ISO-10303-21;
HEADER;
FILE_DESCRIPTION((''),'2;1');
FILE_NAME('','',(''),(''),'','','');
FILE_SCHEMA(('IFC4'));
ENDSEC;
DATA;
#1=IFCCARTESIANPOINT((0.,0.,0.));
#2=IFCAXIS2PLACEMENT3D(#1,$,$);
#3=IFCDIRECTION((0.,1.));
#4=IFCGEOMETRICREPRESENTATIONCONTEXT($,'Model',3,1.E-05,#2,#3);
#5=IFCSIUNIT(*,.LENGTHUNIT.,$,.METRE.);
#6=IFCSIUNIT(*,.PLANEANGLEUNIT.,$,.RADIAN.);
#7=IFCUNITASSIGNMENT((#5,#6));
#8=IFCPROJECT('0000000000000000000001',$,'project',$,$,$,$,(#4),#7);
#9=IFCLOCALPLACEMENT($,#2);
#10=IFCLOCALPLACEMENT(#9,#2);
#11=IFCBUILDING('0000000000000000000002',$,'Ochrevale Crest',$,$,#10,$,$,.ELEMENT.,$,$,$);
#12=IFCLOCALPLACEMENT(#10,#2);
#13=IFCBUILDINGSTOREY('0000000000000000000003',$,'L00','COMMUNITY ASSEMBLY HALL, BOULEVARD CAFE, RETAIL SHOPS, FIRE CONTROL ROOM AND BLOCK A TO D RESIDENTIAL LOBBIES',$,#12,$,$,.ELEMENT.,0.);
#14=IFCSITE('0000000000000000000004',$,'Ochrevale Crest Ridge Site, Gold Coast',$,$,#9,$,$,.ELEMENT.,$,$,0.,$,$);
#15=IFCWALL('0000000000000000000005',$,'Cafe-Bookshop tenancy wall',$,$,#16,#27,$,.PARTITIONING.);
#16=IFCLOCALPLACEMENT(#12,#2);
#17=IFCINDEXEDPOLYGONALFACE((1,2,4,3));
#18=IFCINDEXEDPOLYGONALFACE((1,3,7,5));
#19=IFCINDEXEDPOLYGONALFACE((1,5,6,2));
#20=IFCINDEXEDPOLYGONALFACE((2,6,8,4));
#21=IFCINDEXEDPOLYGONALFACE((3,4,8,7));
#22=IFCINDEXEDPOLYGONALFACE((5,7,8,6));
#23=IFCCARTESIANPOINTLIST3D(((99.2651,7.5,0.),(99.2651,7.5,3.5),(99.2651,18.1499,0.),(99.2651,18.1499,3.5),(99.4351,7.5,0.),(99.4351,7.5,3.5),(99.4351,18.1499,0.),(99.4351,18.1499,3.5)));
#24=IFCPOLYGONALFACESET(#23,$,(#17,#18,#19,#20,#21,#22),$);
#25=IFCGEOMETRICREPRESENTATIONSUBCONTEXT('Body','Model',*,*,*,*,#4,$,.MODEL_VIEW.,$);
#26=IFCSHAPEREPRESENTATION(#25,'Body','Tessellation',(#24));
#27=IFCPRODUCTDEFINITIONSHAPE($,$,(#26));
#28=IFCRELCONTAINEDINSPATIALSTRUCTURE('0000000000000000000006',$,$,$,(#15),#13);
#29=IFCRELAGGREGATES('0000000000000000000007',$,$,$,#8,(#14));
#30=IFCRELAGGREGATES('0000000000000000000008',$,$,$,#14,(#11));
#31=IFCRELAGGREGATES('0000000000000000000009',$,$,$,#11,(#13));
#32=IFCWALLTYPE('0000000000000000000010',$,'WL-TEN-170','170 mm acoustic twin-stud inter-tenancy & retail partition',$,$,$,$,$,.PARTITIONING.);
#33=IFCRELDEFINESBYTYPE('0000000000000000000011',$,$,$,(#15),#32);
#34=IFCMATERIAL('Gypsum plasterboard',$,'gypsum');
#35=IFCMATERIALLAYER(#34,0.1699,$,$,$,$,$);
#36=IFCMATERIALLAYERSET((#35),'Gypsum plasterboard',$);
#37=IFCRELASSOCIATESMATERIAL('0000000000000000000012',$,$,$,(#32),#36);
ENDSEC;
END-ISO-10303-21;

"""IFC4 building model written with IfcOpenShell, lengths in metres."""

from ifc_helpers import new_model, si_unit, direction, frame, frame_2d, origin, place, context, subcontext, project, spatial, rectangle, extrude, material, layer, layer_set, type_object, element, save


model = new_model("IFC4")

# Units and contexts
model_context = context("Model", 3, precision=1e-05, world=origin(), true_north=direction((0.0, 1.0)))
body_context = subcontext(model_context, "Body", "Model", "MODEL_VIEW")
ifc_project = project(units=[si_unit("LENGTHUNIT", "METRE"), si_unit("PLANEANGLEUNIT", "RADIAN")], contexts=[model_context])

# Site, building, storey
site_placement = place(None, origin())
site = spatial("IfcSite", under=ifc_project, at=site_placement, Name="Ochrevale Crest Ridge Site, Gold Coast", CompositionType="ELEMENT", RefElevation=0.0)
building_placement = place(site_placement, origin())
building = spatial("IfcBuilding", under=site, at=building_placement, Name="Ochrevale Crest", CompositionType="ELEMENT")
storey_placement = place(building_placement, origin())
storey = spatial("IfcBuildingStorey", under=building, at=storey_placement, Name="L00", Description="COMMUNITY ASSEMBLY HALL, BOULEVARD CAFE, RETAIL SHOPS, FIRE CONTROL ROOM AND BLOCK A TO D RESIDENTIAL LOBBIES", CompositionType="ELEMENT", Elevation=0.0)

# Wall
ifc_material_1 = material(Name="Gypsum plasterboard", Category="gypsum")
ifc_layer_1 = layer(ifc_material_1, 0.1699)
ifc_layer_set_1 = layer_set([ifc_layer_1], Name="Gypsum plasterboard")
wall_type_1 = type_object("IfcWallType", Name="WL-TEN-170", Description="170 mm acoustic twin-stud inter-tenancy & retail partition", PredefinedType="PARTITIONING", material=ifc_layer_set_1)
wall_1_placement = place(storey_placement, frame((99.3501, 7.5, 0.0), z_axis=(0.0, 0.0, 1.0), x_axis=(0.0, 1.0, 0.0)))
element("IfcWall", 1, at=wall_1_placement, inside=storey, type_object=wall_type_1, Name="Cafe-Bookshop tenancy wall", PredefinedType="PARTITIONING", context=body_context, shape_type="SweptSolid", body=[
    extrude(rectangle(XDim=10.6499, YDim=0.1699, at=frame_2d((5.325, 0.0))), origin(), (0.0, 0.0, 1.0), 3.5),
])

save(model, "model.ifc")
